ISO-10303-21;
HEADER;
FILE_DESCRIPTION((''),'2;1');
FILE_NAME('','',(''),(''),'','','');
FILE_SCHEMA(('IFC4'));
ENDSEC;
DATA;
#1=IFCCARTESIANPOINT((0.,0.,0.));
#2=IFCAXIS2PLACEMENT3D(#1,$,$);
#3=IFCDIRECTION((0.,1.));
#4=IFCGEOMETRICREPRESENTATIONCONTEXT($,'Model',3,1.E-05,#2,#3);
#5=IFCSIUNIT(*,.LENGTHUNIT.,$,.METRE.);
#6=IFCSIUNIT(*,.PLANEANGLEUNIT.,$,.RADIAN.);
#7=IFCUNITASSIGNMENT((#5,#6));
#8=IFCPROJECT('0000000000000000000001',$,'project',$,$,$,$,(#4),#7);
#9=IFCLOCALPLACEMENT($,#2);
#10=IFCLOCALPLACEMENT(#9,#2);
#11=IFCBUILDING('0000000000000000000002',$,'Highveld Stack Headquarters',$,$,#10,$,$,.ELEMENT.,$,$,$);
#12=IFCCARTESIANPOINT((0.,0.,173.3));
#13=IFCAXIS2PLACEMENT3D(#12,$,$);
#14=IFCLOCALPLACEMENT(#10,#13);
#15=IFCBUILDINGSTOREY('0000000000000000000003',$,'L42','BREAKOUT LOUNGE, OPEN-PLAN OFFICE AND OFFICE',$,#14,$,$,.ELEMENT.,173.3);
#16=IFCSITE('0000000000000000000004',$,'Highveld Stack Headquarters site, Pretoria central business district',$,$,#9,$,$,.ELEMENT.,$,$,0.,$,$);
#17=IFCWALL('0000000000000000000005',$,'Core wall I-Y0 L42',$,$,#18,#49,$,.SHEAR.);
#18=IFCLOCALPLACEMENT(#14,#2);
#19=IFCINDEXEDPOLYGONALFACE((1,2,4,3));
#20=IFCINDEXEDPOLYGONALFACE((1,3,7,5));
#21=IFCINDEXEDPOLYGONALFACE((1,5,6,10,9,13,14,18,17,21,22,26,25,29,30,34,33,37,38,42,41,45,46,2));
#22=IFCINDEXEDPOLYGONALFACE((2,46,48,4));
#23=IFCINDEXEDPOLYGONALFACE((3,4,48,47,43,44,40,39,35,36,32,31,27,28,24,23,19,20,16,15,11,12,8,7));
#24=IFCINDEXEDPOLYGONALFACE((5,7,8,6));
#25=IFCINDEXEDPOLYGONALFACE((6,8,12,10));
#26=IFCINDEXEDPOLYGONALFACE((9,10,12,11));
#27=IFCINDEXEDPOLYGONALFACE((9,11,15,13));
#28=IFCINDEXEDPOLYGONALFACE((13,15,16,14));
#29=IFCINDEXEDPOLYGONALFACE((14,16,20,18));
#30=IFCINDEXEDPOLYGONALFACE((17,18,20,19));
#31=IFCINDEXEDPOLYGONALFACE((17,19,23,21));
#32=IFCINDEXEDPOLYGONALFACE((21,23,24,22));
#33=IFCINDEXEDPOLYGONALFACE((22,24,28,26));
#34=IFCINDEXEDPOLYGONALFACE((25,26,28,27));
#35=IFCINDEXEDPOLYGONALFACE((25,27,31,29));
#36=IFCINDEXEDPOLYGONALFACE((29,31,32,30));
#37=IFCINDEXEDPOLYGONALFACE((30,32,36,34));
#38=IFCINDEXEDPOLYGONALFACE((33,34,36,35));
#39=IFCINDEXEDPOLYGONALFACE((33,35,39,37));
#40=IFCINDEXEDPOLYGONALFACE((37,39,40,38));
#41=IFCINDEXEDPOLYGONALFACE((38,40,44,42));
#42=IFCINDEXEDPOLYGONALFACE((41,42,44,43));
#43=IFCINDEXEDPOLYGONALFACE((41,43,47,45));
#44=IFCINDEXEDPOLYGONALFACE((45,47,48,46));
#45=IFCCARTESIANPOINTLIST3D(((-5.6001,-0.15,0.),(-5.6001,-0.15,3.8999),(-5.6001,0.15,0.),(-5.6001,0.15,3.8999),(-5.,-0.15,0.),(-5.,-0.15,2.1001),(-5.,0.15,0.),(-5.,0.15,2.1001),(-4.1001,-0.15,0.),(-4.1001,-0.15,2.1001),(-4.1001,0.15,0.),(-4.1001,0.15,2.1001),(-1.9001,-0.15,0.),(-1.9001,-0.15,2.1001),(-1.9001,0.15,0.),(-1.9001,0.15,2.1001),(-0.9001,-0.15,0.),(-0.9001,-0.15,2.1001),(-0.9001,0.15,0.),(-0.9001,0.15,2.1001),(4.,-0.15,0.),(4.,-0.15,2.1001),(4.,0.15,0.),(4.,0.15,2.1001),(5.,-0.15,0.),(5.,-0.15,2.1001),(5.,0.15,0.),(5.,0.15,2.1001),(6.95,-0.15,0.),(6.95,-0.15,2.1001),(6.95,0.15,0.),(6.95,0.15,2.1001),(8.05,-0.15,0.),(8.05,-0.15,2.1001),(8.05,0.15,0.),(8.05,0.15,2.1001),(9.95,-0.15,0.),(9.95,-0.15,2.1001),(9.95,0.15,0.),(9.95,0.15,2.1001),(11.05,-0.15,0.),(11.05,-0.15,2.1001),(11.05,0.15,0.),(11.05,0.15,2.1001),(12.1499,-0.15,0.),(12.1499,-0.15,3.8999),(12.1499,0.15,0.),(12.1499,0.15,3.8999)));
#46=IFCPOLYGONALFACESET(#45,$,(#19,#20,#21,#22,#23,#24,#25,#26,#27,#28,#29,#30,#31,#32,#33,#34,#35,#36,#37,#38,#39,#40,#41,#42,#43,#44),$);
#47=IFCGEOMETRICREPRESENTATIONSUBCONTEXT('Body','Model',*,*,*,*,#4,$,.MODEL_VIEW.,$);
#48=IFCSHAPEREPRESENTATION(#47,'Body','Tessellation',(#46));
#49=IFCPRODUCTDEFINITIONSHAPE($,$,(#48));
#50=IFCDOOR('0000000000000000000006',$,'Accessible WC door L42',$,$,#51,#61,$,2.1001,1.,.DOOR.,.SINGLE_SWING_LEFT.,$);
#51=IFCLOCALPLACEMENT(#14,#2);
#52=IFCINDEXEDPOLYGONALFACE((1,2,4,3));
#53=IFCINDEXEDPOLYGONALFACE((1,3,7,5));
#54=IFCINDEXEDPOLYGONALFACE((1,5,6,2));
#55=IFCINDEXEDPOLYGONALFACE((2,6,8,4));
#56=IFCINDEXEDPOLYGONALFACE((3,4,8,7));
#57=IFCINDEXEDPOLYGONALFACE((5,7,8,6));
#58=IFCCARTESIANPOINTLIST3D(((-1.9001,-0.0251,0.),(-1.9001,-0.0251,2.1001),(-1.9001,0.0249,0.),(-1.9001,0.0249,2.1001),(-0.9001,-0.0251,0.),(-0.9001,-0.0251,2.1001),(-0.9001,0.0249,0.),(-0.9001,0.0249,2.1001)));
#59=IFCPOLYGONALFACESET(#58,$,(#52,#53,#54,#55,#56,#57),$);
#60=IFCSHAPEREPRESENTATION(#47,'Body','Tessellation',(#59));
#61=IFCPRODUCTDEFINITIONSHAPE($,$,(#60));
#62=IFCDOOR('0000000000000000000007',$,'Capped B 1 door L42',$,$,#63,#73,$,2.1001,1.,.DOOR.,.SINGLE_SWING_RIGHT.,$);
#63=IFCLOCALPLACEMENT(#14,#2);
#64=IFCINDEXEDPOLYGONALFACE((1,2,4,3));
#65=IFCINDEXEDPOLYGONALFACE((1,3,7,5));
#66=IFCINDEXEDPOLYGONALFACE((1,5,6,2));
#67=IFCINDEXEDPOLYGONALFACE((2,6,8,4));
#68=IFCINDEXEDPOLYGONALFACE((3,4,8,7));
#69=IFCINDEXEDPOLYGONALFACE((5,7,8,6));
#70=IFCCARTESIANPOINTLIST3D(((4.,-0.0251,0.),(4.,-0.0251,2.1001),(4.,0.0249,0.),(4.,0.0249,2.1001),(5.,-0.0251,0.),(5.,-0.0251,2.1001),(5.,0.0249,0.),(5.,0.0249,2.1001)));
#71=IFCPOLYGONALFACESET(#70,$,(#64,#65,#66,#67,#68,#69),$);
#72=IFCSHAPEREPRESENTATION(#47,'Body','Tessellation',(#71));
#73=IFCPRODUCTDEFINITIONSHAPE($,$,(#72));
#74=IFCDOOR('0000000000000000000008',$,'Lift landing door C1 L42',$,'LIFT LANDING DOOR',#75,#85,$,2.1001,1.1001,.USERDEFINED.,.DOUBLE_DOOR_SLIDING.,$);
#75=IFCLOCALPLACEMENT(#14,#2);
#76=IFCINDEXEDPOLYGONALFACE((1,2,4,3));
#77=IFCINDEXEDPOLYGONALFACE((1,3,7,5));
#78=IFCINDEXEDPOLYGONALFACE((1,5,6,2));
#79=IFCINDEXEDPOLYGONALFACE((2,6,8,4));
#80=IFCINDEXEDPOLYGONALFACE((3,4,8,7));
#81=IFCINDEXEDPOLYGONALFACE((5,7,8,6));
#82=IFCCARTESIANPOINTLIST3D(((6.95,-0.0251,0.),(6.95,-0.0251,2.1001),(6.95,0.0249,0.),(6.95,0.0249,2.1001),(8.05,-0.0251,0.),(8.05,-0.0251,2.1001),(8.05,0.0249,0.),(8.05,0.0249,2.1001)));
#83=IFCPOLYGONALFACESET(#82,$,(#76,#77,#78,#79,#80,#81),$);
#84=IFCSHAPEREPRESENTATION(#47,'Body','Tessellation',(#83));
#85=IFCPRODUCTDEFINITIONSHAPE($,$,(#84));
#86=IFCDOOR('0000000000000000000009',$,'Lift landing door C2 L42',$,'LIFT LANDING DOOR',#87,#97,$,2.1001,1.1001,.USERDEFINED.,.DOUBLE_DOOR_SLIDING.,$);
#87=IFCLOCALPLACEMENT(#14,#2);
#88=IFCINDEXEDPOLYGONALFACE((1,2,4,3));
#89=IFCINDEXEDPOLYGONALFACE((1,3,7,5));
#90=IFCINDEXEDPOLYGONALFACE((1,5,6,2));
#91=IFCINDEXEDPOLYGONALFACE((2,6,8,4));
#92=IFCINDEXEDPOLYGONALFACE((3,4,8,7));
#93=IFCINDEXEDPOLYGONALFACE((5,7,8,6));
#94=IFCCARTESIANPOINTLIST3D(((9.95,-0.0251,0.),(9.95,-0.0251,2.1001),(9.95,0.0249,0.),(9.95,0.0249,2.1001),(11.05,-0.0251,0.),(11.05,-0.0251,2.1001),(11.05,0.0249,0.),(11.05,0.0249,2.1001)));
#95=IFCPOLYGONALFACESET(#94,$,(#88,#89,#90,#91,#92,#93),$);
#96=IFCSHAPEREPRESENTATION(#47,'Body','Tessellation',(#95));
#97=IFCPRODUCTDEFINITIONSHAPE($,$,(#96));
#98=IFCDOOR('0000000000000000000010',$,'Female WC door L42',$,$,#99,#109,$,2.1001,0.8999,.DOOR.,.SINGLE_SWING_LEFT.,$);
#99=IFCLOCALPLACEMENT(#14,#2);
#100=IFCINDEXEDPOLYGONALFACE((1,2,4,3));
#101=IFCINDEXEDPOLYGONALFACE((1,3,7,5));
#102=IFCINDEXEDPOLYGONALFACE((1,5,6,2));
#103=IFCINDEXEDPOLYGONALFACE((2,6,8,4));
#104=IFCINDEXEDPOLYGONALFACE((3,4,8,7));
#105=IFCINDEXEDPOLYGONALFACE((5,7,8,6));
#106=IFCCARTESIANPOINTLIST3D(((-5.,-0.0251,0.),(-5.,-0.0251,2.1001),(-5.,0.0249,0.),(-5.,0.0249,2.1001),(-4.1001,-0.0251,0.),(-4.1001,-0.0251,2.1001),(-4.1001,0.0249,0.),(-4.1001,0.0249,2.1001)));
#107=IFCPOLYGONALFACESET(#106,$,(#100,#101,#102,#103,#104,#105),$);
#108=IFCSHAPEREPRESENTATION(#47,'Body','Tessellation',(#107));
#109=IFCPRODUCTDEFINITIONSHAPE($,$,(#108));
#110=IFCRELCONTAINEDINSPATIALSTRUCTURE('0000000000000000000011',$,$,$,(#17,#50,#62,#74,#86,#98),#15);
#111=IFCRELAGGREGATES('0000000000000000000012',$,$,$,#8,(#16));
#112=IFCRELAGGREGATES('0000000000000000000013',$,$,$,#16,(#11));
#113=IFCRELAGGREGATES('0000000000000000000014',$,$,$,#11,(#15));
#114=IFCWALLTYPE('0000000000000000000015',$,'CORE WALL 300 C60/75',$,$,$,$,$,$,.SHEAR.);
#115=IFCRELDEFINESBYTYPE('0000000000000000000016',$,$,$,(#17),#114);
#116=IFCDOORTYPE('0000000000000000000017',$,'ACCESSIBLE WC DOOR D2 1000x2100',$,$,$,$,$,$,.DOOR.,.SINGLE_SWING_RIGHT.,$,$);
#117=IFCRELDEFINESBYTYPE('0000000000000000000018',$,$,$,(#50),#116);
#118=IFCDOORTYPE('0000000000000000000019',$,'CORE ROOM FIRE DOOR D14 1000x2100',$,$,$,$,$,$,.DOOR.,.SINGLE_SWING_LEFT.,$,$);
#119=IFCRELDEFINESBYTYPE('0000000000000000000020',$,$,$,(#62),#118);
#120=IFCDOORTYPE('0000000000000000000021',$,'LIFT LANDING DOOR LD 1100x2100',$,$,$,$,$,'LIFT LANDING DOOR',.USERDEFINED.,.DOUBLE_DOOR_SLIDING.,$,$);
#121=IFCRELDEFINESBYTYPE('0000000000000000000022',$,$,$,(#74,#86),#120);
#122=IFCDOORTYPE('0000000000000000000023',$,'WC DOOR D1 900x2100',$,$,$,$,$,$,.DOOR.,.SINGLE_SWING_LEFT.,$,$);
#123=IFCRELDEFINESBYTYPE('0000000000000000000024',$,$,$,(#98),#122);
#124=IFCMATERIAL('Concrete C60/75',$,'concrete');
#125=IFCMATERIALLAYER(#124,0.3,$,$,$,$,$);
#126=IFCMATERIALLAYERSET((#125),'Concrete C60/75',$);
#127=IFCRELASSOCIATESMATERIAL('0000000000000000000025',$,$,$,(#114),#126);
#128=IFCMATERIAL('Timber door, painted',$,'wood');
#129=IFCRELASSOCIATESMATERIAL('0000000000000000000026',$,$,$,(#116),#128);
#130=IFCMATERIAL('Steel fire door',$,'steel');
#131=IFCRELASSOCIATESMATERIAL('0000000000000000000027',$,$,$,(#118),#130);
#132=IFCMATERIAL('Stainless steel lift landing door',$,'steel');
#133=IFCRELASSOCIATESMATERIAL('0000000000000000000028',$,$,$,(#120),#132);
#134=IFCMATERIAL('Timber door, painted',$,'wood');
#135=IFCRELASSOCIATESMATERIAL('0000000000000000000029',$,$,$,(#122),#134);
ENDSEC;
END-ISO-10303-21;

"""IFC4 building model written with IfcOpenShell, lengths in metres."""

from ifc_helpers import new_model, si_unit, direction, frame, frame_2d, origin, place, context, subcontext, project, spatial, rectangle, extrude, material, layer, layer_set, type_object, element, fill, save


model = new_model("IFC4")

# Units and contexts
model_context = context("Model", 3, precision=1e-05, world=origin(), true_north=direction((0.0, 1.0)))
body_context = subcontext(model_context, "Body", "Model", "MODEL_VIEW")
ifc_project = project(units=[si_unit("LENGTHUNIT", "METRE"), si_unit("PLANEANGLEUNIT", "RADIAN")], contexts=[model_context])

# Site, building, storey
site_placement = place(None, origin())
site = spatial("IfcSite", under=ifc_project, at=site_placement, Name="Highveld Stack Headquarters site, Pretoria central business district", CompositionType="ELEMENT", RefElevation=0.0)
building_placement = place(site_placement, origin())
building = spatial("IfcBuilding", under=site, at=building_placement, Name="Highveld Stack Headquarters", CompositionType="ELEMENT")
storey_placement = place(building_placement, frame((0.0, 0.0, 173.3)))
storey = spatial("IfcBuildingStorey", under=building, at=storey_placement, Name="L42", Description="BREAKOUT LOUNGE, OPEN-PLAN OFFICE AND OFFICE", CompositionType="ELEMENT", Elevation=173.3)

# Wall, openings, doors
ifc_material_1 = material(Name="Concrete C60/75", Category="concrete")
ifc_layer_1 = layer(ifc_material_1, 0.3)
ifc_layer_set_1 = layer_set([ifc_layer_1], Name="Concrete C60/75")
wall_type = type_object("IfcWallType", Name="CORE WALL 300 C60/75", PredefinedType="SHEAR", material=ifc_layer_set_1)
wall_placement = place(storey_placement, frame((-5.6001, 0.0, 0.0), z_axis=(0.0, 0.0, 1.0), x_axis=(1.0, 0.0, 0.0)))
wall = element("IfcWall", 1, at=wall_placement, inside=storey, type_object=wall_type, Name="Core wall I-Y0 L42", PredefinedType="SHEAR", context=body_context, shape_type="SweptSolid", body=[
    extrude(rectangle(XDim=17.75, YDim=0.3, at=frame_2d((8.875, 0.0))), origin(), (0.0, 0.0, 1.0), 3.8999),
])
opening_1_placement = place(wall_placement, frame((0.6001, 0.0, 0.0)))
opening_1 = element("IfcOpeningElement", 2, at=opening_1_placement, cuts=wall, PredefinedType="OPENING", context=body_context, shape_type="SweptSolid", body=[
    extrude(rectangle(XDim=0.8999, YDim=2.1001, at=frame_2d((0.45, 1.05))), frame((0.0, 0.1599, 0.0), z_axis=(0.0, -1.0, 0.0), x_axis=(1.0, 0.0, 0.0)), (0.0, 0.0, 1.0), 0.3201),
])
opening_2_placement = place(wall_placement, frame((3.7, 0.0, 0.0)))
opening_2 = element("IfcOpeningElement", 3, at=opening_2_placement, cuts=wall, PredefinedType="OPENING", context=body_context, shape_type="SweptSolid", body=[
    extrude(rectangle(XDim=1.0, YDim=2.1001, at=frame_2d((0.5, 1.05))), frame((0.0, 0.1599, 0.0), z_axis=(0.0, -1.0, 0.0), x_axis=(1.0, 0.0, 0.0)), (0.0, 0.0, 1.0), 0.3201),
])
opening_3_placement = place(wall_placement, frame((9.6001, 0.0, 0.0)))
opening_3 = element("IfcOpeningElement", 4, at=opening_3_placement, cuts=wall, PredefinedType="OPENING", context=body_context, shape_type="SweptSolid", body=[
    extrude(rectangle(XDim=1.0, YDim=2.1001, at=frame_2d((0.5, 1.05))), frame((0.0, 0.1599, 0.0), z_axis=(0.0, -1.0, 0.0), x_axis=(1.0, 0.0, 0.0)), (0.0, 0.0, 1.0), 0.3201),
])
opening_4_placement = place(wall_placement, frame((12.55, 0.0, 0.0)))
opening_4 = element("IfcOpeningElement", 5, at=opening_4_placement, cuts=wall, PredefinedType="OPENING", context=body_context, shape_type="SweptSolid", body=[
    extrude(rectangle(XDim=1.1001, YDim=2.1001, at=frame_2d((0.55, 1.05))), frame((0.0, 0.1599, 0.0), z_axis=(0.0, -1.0, 0.0), x_axis=(1.0, 0.0, 0.0)), (0.0, 0.0, 1.0), 0.3201),
])
opening_5_placement = place(wall_placement, frame((15.55, 0.0, 0.0)))
opening_5 = element("IfcOpeningElement", 6, at=opening_5_placement, cuts=wall, PredefinedType="OPENING", context=body_context, shape_type="SweptSolid", body=[
    extrude(rectangle(XDim=1.1001, YDim=2.1001, at=frame_2d((0.55, 1.05))), frame((0.0, 0.1599, 0.0), z_axis=(0.0, -1.0, 0.0), x_axis=(1.0, 0.0, 0.0)), (0.0, 0.0, 1.0), 0.3201),
])
ifc_material_2 = material(Name="Timber door, painted", Category="wood")
door_type_1 = type_object("IfcDoorType", Name="ACCESSIBLE WC DOOR D2 1000x2100", OperationType="SINGLE_SWING_RIGHT", PredefinedType="DOOR", material=ifc_material_2)
door_1_placement = place(opening_2_placement, origin())
door_1 = element("IfcDoor", 7, at=door_1_placement, inside=storey, type_object=door_type_1, Name="Accessible WC door L42", OperationType="SINGLE_SWING_LEFT", OverallHeight=2.1001, OverallWidth=1.0, PredefinedType="DOOR", context=body_context, shape_type="SweptSolid", body=[
    extrude(rectangle(XDim=1.0, YDim=2.1001, at=frame_2d((0.5, 1.05))), frame((0.0, 0.0249, 0.0), z_axis=(0.0, -1.0, 0.0), x_axis=(1.0, 0.0, 0.0)), (0.0, 0.0, 1.0), 0.05),
])
fill(opening_2, door_1)
ifc_material_3 = material(Name="Steel fire door", Category="steel")
door_type_2 = type_object("IfcDoorType", Name="CORE ROOM FIRE DOOR D14 1000x2100", OperationType="SINGLE_SWING_LEFT", PredefinedType="DOOR", material=ifc_material_3)
door_2_placement = place(opening_3_placement, origin())
door_2 = element("IfcDoor", 8, at=door_2_placement, inside=storey, type_object=door_type_2, Name="Capped B 1 door L42", OperationType="SINGLE_SWING_RIGHT", OverallHeight=2.1001, OverallWidth=1.0, PredefinedType="DOOR", context=body_context, shape_type="SweptSolid", body=[
    extrude(rectangle(XDim=1.0, YDim=2.1001, at=frame_2d((0.5, 1.05))), frame((0.0, 0.0249, 0.0), z_axis=(0.0, -1.0, 0.0), x_axis=(1.0, 0.0, 0.0)), (0.0, 0.0, 1.0), 0.05),
])
fill(opening_3, door_2)
ifc_material_4 = material(Name="Stainless steel lift landing door", Category="steel")
door_type_3 = type_object("IfcDoorType", Name="LIFT LANDING DOOR LD 1100x2100", ElementType="LIFT LANDING DOOR", OperationType="DOUBLE_DOOR_SLIDING", PredefinedType="USERDEFINED", material=ifc_material_4)
door_3_placement = place(opening_4_placement, origin())
door_3 = element("IfcDoor", 9, at=door_3_placement, inside=storey, type_object=door_type_3, Name="Lift landing door C1 L42", ObjectType="LIFT LANDING DOOR", OperationType="DOUBLE_DOOR_SLIDING", OverallHeight=2.1001, OverallWidth=1.1001, PredefinedType="USERDEFINED", context=body_context, shape_type="SweptSolid", body=[
    extrude(rectangle(XDim=1.1001, YDim=2.1001, at=frame_2d((0.55, 1.05))), frame((0.0, 0.0249, 0.0), z_axis=(0.0, -1.0, 0.0), x_axis=(1.0, 0.0, 0.0)), (0.0, 0.0, 1.0), 0.05),
])
fill(opening_4, door_3)
door_4_placement = place(opening_5_placement, origin())
door_4 = element("IfcDoor", 10, at=door_4_placement, inside=storey, type_object=door_type_3, Name="Lift landing door C2 L42", ObjectType="LIFT LANDING DOOR", OperationType="DOUBLE_DOOR_SLIDING", OverallHeight=2.1001, OverallWidth=1.1001, PredefinedType="USERDEFINED", context=body_context, shape_type="SweptSolid", body=[
    extrude(rectangle(XDim=1.1001, YDim=2.1001, at=frame_2d((0.55, 1.05))), frame((0.0, 0.0249, 0.0), z_axis=(0.0, -1.0, 0.0), x_axis=(1.0, 0.0, 0.0)), (0.0, 0.0, 1.0), 0.05),
])
fill(opening_5, door_4)
ifc_material_5 = material(Name="Timber door, painted", Category="wood")
door_type_4 = type_object("IfcDoorType", Name="WC DOOR D1 900x2100", OperationType="SINGLE_SWING_LEFT", PredefinedType="DOOR", material=ifc_material_5)
door_5_placement = place(opening_1_placement, origin())
door_5 = element("IfcDoor", 11, at=door_5_placement, inside=storey, type_object=door_type_4, Name="Female WC door L42", OperationType="SINGLE_SWING_LEFT", OverallHeight=2.1001, OverallWidth=0.8999, PredefinedType="DOOR", context=body_context, shape_type="SweptSolid", body=[
    extrude(rectangle(XDim=0.8999, YDim=2.1001, at=frame_2d((0.45, 1.05))), frame((0.0, 0.0249, 0.0), z_axis=(0.0, -1.0, 0.0), x_axis=(1.0, 0.0, 0.0)), (0.0, 0.0, 1.0), 0.05),
])
fill(opening_1, door_5)

save(model, "model.ifc")
